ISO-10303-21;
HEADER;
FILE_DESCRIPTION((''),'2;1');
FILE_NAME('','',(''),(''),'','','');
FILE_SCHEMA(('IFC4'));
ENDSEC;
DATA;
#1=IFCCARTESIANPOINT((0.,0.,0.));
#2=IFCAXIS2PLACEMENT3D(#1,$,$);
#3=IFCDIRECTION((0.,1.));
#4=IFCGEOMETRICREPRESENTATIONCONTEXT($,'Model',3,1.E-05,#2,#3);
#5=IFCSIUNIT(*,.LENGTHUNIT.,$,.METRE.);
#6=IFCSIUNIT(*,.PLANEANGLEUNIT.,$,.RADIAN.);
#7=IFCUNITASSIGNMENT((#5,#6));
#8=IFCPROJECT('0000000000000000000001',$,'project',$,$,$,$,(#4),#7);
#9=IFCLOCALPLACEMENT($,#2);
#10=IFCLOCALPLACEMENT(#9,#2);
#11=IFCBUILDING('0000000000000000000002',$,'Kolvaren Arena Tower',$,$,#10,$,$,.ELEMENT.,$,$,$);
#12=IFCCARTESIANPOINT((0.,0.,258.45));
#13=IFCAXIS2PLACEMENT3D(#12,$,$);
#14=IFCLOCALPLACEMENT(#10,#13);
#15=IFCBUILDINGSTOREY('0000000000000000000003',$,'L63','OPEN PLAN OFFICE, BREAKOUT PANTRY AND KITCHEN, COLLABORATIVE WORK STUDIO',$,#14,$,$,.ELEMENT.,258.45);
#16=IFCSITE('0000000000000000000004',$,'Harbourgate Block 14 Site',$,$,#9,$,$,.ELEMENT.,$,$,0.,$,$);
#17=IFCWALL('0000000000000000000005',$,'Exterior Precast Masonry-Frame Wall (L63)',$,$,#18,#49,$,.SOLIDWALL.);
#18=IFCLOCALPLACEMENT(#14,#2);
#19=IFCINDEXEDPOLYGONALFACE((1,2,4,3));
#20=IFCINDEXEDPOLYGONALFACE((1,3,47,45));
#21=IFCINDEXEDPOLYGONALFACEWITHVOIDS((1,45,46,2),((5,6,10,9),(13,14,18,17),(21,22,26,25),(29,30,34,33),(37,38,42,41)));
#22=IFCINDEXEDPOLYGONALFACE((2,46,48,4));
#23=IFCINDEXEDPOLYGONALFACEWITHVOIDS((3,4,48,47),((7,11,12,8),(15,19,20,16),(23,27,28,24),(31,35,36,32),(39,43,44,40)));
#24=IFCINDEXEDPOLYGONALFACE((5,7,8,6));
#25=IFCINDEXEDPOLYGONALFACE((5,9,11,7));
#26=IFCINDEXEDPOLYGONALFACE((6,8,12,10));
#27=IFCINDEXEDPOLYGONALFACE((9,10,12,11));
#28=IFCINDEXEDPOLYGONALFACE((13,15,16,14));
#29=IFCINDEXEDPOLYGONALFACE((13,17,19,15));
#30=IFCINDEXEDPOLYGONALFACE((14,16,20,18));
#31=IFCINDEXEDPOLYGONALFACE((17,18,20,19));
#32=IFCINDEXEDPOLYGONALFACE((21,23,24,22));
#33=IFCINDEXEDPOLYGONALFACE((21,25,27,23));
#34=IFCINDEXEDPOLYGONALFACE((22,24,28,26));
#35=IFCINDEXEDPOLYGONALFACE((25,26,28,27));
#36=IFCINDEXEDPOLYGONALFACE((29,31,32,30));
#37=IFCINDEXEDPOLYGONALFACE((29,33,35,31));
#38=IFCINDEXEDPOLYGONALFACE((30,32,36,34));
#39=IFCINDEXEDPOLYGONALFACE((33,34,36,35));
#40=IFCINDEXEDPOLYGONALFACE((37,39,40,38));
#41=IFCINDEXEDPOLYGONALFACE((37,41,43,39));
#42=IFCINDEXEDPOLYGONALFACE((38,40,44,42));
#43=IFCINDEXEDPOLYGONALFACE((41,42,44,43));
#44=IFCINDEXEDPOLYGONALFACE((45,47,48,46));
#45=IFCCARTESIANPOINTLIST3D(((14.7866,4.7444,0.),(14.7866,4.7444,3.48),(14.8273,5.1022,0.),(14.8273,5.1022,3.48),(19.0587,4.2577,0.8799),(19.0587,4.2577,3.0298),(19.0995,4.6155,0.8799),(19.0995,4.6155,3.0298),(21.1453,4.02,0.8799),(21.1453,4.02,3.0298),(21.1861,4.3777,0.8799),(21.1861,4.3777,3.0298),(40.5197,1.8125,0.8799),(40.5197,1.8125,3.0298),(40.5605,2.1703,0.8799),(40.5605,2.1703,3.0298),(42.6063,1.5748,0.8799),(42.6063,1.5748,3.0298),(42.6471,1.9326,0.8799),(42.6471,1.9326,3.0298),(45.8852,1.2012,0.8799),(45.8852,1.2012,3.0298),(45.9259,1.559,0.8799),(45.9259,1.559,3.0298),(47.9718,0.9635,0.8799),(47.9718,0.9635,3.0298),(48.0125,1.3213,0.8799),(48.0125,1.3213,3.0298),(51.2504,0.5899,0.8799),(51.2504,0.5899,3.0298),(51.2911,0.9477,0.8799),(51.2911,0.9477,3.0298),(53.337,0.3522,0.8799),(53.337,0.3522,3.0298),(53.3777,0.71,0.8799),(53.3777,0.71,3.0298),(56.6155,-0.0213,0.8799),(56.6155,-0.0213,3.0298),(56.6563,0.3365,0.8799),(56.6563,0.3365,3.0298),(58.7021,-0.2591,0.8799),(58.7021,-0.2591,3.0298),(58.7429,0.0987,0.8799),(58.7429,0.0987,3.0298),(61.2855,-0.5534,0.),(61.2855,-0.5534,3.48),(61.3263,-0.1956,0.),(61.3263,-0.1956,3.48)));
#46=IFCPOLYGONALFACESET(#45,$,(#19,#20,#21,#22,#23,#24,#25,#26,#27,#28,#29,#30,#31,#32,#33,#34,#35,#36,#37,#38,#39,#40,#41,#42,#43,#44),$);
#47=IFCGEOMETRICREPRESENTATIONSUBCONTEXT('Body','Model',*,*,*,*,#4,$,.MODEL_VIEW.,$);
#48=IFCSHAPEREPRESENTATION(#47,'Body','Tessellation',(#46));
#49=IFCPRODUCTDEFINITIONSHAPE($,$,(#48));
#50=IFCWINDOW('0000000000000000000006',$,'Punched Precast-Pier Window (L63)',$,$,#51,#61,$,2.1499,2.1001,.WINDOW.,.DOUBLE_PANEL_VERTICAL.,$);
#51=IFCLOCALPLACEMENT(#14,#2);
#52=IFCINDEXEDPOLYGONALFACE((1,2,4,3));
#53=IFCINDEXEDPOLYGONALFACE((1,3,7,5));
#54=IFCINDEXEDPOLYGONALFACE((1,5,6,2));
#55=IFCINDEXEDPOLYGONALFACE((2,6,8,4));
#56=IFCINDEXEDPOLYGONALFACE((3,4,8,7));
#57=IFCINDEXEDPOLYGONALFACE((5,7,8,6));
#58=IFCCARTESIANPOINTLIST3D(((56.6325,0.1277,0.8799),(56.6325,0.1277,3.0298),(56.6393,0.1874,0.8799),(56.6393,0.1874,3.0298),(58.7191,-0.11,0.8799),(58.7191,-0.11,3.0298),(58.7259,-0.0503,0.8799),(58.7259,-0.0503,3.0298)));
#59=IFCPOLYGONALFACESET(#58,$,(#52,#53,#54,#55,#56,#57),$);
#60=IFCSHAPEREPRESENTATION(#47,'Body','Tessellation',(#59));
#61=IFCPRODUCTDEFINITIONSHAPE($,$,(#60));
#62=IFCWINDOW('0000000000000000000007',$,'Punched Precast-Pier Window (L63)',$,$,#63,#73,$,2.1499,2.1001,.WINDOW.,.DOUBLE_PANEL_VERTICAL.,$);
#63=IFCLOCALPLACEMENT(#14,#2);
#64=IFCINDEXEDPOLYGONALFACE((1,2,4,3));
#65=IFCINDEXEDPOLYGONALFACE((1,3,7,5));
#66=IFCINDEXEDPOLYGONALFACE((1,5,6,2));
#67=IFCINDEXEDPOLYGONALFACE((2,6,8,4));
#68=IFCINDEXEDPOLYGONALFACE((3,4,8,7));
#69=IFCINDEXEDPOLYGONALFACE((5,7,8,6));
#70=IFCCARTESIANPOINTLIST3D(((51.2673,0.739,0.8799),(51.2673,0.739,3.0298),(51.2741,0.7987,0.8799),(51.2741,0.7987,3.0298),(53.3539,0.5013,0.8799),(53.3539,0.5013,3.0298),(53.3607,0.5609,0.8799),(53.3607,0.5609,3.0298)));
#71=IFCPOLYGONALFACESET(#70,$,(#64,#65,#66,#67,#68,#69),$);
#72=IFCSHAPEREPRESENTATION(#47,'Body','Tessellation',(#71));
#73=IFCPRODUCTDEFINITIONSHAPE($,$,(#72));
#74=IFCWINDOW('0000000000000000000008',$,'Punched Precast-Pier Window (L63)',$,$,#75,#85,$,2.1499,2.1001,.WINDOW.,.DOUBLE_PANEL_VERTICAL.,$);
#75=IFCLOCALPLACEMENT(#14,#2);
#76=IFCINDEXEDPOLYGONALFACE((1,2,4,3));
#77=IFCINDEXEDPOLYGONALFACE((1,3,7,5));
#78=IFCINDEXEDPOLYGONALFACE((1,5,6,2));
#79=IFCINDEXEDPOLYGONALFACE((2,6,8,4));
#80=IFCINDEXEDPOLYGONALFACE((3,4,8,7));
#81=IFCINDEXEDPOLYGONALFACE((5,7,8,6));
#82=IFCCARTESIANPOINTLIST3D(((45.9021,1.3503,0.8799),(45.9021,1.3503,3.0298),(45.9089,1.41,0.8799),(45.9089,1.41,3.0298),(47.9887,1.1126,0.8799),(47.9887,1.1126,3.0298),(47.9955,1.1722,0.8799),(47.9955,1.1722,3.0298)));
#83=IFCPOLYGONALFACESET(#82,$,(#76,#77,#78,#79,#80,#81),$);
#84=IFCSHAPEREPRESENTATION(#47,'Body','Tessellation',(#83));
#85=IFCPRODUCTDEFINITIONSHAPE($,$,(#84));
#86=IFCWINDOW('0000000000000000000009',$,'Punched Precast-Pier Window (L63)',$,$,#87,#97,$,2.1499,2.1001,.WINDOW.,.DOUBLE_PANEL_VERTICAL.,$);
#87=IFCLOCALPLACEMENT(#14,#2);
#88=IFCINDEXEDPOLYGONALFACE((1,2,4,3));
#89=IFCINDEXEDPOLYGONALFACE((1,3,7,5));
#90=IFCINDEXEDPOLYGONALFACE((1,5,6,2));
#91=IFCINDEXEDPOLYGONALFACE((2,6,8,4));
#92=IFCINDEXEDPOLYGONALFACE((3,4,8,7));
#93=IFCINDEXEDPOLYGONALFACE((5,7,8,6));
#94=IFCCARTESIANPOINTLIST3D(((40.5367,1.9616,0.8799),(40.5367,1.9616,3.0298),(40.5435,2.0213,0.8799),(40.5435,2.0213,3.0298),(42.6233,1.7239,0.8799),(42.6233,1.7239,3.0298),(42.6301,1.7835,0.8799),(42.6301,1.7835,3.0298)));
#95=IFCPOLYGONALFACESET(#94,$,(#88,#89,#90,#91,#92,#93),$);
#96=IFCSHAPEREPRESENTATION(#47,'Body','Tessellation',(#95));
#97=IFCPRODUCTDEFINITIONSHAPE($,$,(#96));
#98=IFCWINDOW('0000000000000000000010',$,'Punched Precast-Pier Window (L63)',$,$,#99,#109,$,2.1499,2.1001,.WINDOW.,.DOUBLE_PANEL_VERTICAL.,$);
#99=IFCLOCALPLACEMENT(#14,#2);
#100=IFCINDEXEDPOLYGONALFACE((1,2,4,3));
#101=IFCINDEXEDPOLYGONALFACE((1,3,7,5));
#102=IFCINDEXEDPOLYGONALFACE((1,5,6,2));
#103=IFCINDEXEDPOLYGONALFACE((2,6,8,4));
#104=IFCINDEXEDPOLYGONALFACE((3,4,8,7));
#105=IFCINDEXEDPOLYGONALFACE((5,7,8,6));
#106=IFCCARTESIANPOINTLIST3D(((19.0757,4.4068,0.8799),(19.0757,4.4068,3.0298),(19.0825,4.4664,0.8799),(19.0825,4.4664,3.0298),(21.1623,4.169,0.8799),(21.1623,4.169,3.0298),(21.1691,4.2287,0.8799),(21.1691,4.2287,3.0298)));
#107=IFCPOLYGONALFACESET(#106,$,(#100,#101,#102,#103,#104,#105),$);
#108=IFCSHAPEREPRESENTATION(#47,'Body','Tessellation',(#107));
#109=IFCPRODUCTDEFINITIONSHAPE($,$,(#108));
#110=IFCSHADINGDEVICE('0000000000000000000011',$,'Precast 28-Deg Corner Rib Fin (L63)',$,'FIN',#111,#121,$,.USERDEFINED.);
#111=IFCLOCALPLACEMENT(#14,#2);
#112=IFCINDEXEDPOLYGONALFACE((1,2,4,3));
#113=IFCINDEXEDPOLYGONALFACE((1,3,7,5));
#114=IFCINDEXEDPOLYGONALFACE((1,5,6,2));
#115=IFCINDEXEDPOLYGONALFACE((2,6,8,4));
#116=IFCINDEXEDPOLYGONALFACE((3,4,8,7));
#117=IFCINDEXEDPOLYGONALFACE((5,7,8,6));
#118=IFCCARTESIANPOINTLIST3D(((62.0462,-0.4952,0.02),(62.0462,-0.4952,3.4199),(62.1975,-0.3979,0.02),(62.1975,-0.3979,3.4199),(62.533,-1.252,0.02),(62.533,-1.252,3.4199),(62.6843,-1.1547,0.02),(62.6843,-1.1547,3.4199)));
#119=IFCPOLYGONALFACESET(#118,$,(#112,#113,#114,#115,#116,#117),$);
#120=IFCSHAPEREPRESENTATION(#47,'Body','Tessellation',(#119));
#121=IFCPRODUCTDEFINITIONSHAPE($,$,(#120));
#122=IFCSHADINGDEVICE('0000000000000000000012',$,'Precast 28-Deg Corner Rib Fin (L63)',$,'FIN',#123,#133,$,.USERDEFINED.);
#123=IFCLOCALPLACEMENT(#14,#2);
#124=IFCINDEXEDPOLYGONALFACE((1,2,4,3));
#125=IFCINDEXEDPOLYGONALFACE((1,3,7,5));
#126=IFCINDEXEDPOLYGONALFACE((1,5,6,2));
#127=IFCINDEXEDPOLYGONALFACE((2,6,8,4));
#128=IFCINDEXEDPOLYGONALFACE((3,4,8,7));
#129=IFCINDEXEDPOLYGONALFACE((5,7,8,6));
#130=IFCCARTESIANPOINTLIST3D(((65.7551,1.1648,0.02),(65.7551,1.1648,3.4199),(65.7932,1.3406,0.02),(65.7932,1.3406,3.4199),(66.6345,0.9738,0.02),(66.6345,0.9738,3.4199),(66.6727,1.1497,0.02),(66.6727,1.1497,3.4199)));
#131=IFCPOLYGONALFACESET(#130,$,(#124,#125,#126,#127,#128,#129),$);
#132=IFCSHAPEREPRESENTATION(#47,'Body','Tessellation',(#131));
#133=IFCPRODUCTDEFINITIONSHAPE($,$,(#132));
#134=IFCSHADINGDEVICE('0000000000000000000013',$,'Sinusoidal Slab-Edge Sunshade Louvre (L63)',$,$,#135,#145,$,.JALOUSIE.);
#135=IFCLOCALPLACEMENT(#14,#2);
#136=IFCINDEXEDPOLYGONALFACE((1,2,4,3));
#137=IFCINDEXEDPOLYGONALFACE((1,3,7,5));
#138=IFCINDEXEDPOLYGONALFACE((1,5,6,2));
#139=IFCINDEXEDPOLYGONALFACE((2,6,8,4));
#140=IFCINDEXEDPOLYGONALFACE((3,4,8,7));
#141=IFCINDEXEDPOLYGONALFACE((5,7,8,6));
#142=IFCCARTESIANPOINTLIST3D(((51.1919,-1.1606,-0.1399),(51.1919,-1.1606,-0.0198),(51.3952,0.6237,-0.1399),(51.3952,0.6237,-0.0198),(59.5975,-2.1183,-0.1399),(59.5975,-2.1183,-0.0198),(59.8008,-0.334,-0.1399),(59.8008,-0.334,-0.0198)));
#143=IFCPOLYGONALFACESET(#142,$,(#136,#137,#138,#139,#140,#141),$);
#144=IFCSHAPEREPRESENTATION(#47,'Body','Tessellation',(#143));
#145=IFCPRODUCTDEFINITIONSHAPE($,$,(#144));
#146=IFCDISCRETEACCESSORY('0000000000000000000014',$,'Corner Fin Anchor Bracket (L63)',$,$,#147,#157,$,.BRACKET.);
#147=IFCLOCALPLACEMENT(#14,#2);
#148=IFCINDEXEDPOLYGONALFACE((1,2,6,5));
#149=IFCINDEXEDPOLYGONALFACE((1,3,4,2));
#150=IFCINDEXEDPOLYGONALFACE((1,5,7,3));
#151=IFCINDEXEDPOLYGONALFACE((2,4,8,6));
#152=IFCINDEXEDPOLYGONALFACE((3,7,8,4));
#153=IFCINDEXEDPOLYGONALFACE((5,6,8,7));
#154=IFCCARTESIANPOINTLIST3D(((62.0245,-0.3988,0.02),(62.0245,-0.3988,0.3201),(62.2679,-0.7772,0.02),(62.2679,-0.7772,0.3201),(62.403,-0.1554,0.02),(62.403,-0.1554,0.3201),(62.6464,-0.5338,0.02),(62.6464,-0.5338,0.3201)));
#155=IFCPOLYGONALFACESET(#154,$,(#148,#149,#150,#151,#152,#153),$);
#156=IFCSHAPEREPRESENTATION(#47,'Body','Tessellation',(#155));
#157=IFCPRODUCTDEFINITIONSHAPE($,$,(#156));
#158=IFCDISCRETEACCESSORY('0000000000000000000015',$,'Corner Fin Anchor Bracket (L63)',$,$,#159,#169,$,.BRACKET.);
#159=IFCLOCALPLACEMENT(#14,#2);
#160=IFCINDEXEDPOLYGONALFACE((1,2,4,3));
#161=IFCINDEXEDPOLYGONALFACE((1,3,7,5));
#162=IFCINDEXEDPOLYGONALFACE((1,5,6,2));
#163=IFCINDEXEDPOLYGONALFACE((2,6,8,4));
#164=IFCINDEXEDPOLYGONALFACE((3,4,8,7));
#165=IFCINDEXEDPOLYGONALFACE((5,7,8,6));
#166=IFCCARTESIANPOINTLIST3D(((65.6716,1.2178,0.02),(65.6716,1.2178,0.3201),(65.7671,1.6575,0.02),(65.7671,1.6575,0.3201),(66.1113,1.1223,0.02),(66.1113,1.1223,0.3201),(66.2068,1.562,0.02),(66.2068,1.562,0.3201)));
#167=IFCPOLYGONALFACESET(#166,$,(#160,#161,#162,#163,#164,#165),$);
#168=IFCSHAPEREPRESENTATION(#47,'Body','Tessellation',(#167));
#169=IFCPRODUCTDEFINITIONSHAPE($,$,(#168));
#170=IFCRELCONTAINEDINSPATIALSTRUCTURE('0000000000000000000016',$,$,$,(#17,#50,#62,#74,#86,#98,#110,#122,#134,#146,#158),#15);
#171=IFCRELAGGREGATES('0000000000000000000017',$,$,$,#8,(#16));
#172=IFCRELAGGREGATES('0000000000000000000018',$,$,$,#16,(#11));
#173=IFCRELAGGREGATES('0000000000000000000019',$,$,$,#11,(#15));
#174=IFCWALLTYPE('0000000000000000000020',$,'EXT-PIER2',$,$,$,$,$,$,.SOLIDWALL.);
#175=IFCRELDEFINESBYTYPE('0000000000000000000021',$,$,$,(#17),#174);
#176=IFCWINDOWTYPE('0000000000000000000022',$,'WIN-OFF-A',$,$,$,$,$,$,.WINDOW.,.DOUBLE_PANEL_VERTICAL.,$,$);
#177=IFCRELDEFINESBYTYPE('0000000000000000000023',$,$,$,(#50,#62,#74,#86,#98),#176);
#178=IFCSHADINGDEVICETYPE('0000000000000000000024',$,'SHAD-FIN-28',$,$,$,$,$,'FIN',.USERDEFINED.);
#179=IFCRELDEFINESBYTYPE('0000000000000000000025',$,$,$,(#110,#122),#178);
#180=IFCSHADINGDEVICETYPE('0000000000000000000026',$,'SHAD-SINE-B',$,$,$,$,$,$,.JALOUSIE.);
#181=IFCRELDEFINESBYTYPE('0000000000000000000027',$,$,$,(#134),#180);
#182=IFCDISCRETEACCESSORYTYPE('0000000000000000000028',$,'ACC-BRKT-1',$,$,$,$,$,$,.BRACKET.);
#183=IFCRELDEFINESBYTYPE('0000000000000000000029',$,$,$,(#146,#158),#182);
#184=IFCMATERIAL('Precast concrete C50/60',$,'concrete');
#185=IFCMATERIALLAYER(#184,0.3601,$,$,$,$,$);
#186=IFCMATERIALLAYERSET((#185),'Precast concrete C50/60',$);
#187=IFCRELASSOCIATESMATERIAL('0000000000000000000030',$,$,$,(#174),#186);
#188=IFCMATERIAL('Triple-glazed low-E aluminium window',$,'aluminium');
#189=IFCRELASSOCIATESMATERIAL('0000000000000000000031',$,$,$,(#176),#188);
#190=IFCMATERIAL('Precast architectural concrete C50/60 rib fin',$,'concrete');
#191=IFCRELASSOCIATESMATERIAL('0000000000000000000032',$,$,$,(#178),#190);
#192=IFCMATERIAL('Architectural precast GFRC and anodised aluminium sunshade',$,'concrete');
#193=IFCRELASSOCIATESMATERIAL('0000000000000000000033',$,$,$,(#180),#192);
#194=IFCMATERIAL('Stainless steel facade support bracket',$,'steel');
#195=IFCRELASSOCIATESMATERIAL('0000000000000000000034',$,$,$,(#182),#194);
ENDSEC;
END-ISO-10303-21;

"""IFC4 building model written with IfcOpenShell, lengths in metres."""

from ifc_helpers import new_model, si_unit, direction, frame, frame_2d, origin, origin_2d, place, context, subcontext, project, spatial, rectangle, extrude, material, layer, layer_set, type_object, element, fill, save


model = new_model("IFC4")

# Units and contexts
model_context = context("Model", 3, precision=1e-05, world=origin(), true_north=direction((0.0, 1.0)))
body_context = subcontext(model_context, "Body", "Model", "MODEL_VIEW")
ifc_project = project(units=[si_unit("LENGTHUNIT", "METRE"), si_unit("PLANEANGLEUNIT", "RADIAN")], contexts=[model_context])

# Site, building, storey
site_placement = place(None, origin())
site = spatial("IfcSite", under=ifc_project, at=site_placement, Name="Harbourgate Block 14 Site", CompositionType="ELEMENT", RefElevation=0.0)
building_placement = place(site_placement, origin())
building = spatial("IfcBuilding", under=site, at=building_placement, Name="Kolvaren Arena Tower", CompositionType="ELEMENT")
storey_placement = place(building_placement, frame((0.0, 0.0, 258.45)))
storey = spatial("IfcBuildingStorey", under=building, at=storey_placement, Name="L63", Description="OPEN PLAN OFFICE, BREAKOUT PANTRY AND KITCHEN, COLLABORATIVE WORK STUDIO", CompositionType="ELEMENT", Elevation=258.45)

# Shared definitions
ifc_material_1 = material(Name="Precast concrete C50/60", Category="concrete")
ifc_layer = layer(ifc_material_1, 0.3601)
ifc_layer_set = layer_set([ifc_layer], Name="Precast concrete C50/60")
wall_type = type_object("IfcWallType", Name="EXT-PIER2", PredefinedType="SOLIDWALL", material=ifc_layer_set)

# Wall, openings, windows
wall_1_placement = place(storey_placement, frame((61.3059, -0.3745, 0.0), z_axis=(0.0, 0.0, 1.0), x_axis=(-0.993572, 0.113202, 0.0)))
wall_1 = element("IfcWall", 1, at=wall_1_placement, inside=storey, type_object=wall_type, Name="Exterior Precast Masonry-Frame Wall (L63)", PredefinedType="SOLIDWALL", context=body_context, shape_type="SweptSolid", body=[
    extrude(rectangle(XDim=46.7998, YDim=0.3601, at=frame_2d((23.3999, 0.0))), origin(), (0.0, 0.0, 1.0), 3.48),
])
opening_1_placement = place(wall_1_placement, frame((2.6001, 0.0, 0.8799)))
opening_1 = element("IfcOpeningElement", 2, at=opening_1_placement, cuts=wall_1, PredefinedType="OPENING", context=body_context, shape_type="SweptSolid", body=[
    extrude(rectangle(XDim=2.1001, YDim=2.1499, at=frame_2d((1.05, 1.075))), frame((0.0, 0.1899, 0.0), z_axis=(0.0, -1.0, 0.0), x_axis=(1.0, 0.0, 0.0)), (0.0, 0.0, 1.0), 0.3801),
])
opening_2_placement = place(wall_1_placement, frame((8.0, 0.0, 0.8799)))
opening_2 = element("IfcOpeningElement", 3, at=opening_2_placement, cuts=wall_1, PredefinedType="OPENING", context=body_context, shape_type="SweptSolid", body=[
    extrude(rectangle(XDim=2.1001, YDim=2.1499, at=frame_2d((1.05, 1.075))), frame((0.0, 0.1899, 0.0), z_axis=(0.0, -1.0, 0.0), x_axis=(1.0, 0.0, 0.0)), (0.0, 0.0, 1.0), 0.3801),
])
opening_3_placement = place(wall_1_placement, frame((13.3999, 0.0, 0.8799)))
opening_3 = element("IfcOpeningElement", 4, at=opening_3_placement, cuts=wall_1, PredefinedType="OPENING", context=body_context, shape_type="SweptSolid", body=[
    extrude(rectangle(XDim=2.1001, YDim=2.1499, at=frame_2d((1.05, 1.075))), frame((0.0, 0.1899, 0.0), z_axis=(0.0, -1.0, 0.0), x_axis=(1.0, 0.0, 0.0)), (0.0, 0.0, 1.0), 0.3801),
])
opening_4_placement = place(wall_1_placement, frame((18.8, 0.0, 0.8799)))
opening_4 = element("IfcOpeningElement", 5, at=opening_4_placement, cuts=wall_1, PredefinedType="OPENING", context=body_context, shape_type="SweptSolid", body=[
    extrude(rectangle(XDim=2.1001, YDim=2.1499, at=frame_2d((1.05, 1.075))), frame((0.0, 0.1899, 0.0), z_axis=(0.0, -1.0, 0.0), x_axis=(1.0, 0.0, 0.0)), (0.0, 0.0, 1.0), 0.3801),
])
opening_5_placement = place(wall_1_placement, frame((40.3999, 0.0, 0.8799)))
opening_5 = element("IfcOpeningElement", 6, at=opening_5_placement, cuts=wall_1, PredefinedType="OPENING", context=body_context, shape_type="SweptSolid", body=[
    extrude(rectangle(XDim=2.1001, YDim=2.1499, at=frame_2d((1.05, 1.075))), frame((0.0, 0.1899, 0.0), z_axis=(0.0, -1.0, 0.0), x_axis=(1.0, 0.0, 0.0)), (0.0, 0.0, 1.0), 0.3801),
])
ifc_material_2 = material(Name="Triple-glazed low-E aluminium window", Category="aluminium")
window_type = type_object("IfcWindowType", Name="WIN-OFF-A", PartitioningType="DOUBLE_PANEL_VERTICAL", PredefinedType="WINDOW", material=ifc_material_2)
window_1_placement = place(opening_1_placement, origin())
window_1 = element("IfcWindow", 7, at=window_1_placement, inside=storey, type_object=window_type, Name="Punched Precast-Pier Window (L63)", OverallHeight=2.1499, OverallWidth=2.1001, PartitioningType="DOUBLE_PANEL_VERTICAL", PredefinedType="WINDOW", context=body_context, shape_type="SweptSolid", body=[
    extrude(rectangle(XDim=2.1001, YDim=2.1499, at=frame_2d((1.05, 1.075))), frame((0.0, 0.03, 0.0), z_axis=(0.0, -1.0, 0.0), x_axis=(1.0, 0.0, 0.0)), (0.0, 0.0, 1.0), 0.0601),
])
fill(opening_1, window_1)
window_2_placement = place(opening_2_placement, origin())
window_2 = element("IfcWindow", 8, at=window_2_placement, inside=storey, type_object=window_type, Name="Punched Precast-Pier Window (L63)", OverallHeight=2.1499, OverallWidth=2.1001, PartitioningType="DOUBLE_PANEL_VERTICAL", PredefinedType="WINDOW", context=body_context, shape_type="SweptSolid", body=[
    extrude(rectangle(XDim=2.1001, YDim=2.1499, at=frame_2d((1.05, 1.075))), frame((0.0, 0.03, 0.0), z_axis=(0.0, -1.0, 0.0), x_axis=(1.0, 0.0, 0.0)), (0.0, 0.0, 1.0), 0.0601),
])
fill(opening_2, window_2)
window_3_placement = place(opening_3_placement, origin())
window_3 = element("IfcWindow", 9, at=window_3_placement, inside=storey, type_object=window_type, Name="Punched Precast-Pier Window (L63)", OverallHeight=2.1499, OverallWidth=2.1001, PartitioningType="DOUBLE_PANEL_VERTICAL", PredefinedType="WINDOW", context=body_context, shape_type="SweptSolid", body=[
    extrude(rectangle(XDim=2.1001, YDim=2.1499, at=frame_2d((1.05, 1.075))), frame((0.0, 0.03, 0.0), z_axis=(0.0, -1.0, 0.0), x_axis=(1.0, 0.0, 0.0)), (0.0, 0.0, 1.0), 0.0601),
])
fill(opening_3, window_3)
window_4_placement = place(opening_4_placement, origin())
window_4 = element("IfcWindow", 10, at=window_4_placement, inside=storey, type_object=window_type, Name="Punched Precast-Pier Window (L63)", OverallHeight=2.1499, OverallWidth=2.1001, PartitioningType="DOUBLE_PANEL_VERTICAL", PredefinedType="WINDOW", context=body_context, shape_type="SweptSolid", body=[
    extrude(rectangle(XDim=2.1001, YDim=2.1499, at=frame_2d((1.05, 1.075))), frame((0.0, 0.03, 0.0), z_axis=(0.0, -1.0, 0.0), x_axis=(1.0, 0.0, 0.0)), (0.0, 0.0, 1.0), 0.0601),
])
fill(opening_4, window_4)
window_5_placement = place(opening_5_placement, origin())
window_5 = element("IfcWindow", 11, at=window_5_placement, inside=storey, type_object=window_type, Name="Punched Precast-Pier Window (L63)", OverallHeight=2.1499, OverallWidth=2.1001, PartitioningType="DOUBLE_PANEL_VERTICAL", PredefinedType="WINDOW", context=body_context, shape_type="SweptSolid", body=[
    extrude(rectangle(XDim=2.1001, YDim=2.1499, at=frame_2d((1.05, 1.075))), frame((0.0, 0.03, 0.0), z_axis=(0.0, -1.0, 0.0), x_axis=(1.0, 0.0, 0.0)), (0.0, 0.0, 1.0), 0.0601),
])
fill(opening_5, window_5)

# Shading devices
ifc_material_3 = material(Name="Precast architectural concrete C50/60 rib fin", Category="concrete")
shading_device_type_1 = type_object("IfcShadingDeviceType", Name="SHAD-FIN-28", ElementType="FIN", PredefinedType="USERDEFINED", material=ifc_material_3)
for number, where, z_axis, x_axis, name in (
    (12, (62.3652, -0.825, 0.02), (0.0, 0.0, 1.0), (0.540982, -0.841034, 0.0), "Precast 28-Deg Corner Rib Fin (L63)"),
    (13, (66.2139, 1.1572, 0.02), (0.0, 0.0, 1.0), (0.977234, -0.212162, 0.0), "Precast 28-Deg Corner Rib Fin (L63)"),
):
    element("IfcShadingDevice", number, at=place(storey_placement, frame(where, z_axis=z_axis, x_axis=x_axis)), inside=storey, type_object=shading_device_type_1, Name=name, ObjectType="FIN", PredefinedType="USERDEFINED", context=body_context, shape_type="SweptSolid", body=[
        extrude(rectangle(XDim=0.8999, YDim=0.1799, at=origin_2d()), origin(), (0.0, 0.0, 1.0), 3.3999),
    ])
ifc_material_4 = material(Name="Architectural precast GFRC and anodised aluminium sunshade", Category="concrete")
shading_device_type_2 = type_object("IfcShadingDeviceType", Name="SHAD-SINE-B", PredefinedType="JALOUSIE", material=ifc_material_4)
shading_device_placement = place(storey_placement, frame((55.4963, -0.7473, -0.1399), z_axis=(0.0, 0.0, 1.0), x_axis=(-0.993572, 0.113205, 0.0)))
element("IfcShadingDevice", 14, at=shading_device_placement, inside=storey, type_object=shading_device_type_2, Name="Sinusoidal Slab-Edge Sunshade Louvre (L63)", PredefinedType="JALOUSIE", context=body_context, shape_type="SweptSolid", body=[
    extrude(rectangle(XDim=8.46, YDim=1.7959, at=origin_2d()), origin(), (0.0, 0.0, 1.0), 0.1201),
])

# Discrete accessories
ifc_material_5 = material(Name="Stainless steel facade support bracket", Category="steel")
discrete_accessory_type = type_object("IfcDiscreteAccessoryType", Name="ACC-BRKT-1", PredefinedType="BRACKET", material=ifc_material_5)
for number, where, z_axis, x_axis, name in (
    (15, (62.3354, -0.4663, 0.02), (0.0, 0.0, 1.0), (0.540982, -0.841034, 0.0), "Corner Fin Anchor Bracket (L63)"),
    (16, (65.9392, 1.3899, 0.02), (0.0, 0.0, 1.0), (0.977234, -0.212162, 0.0), "Corner Fin Anchor Bracket (L63)"),
):
    element("IfcDiscreteAccessory", number, at=place(storey_placement, frame(where, z_axis=z_axis, x_axis=x_axis)), inside=storey, type_object=discrete_accessory_type, Name=name, PredefinedType="BRACKET", context=body_context, shape_type="SweptSolid", body=[
        extrude(rectangle(XDim=0.45, YDim=0.45, at=origin_2d()), origin(), (0.0, 0.0, 1.0), 0.3),
    ])

save(model, "model.ifc")
